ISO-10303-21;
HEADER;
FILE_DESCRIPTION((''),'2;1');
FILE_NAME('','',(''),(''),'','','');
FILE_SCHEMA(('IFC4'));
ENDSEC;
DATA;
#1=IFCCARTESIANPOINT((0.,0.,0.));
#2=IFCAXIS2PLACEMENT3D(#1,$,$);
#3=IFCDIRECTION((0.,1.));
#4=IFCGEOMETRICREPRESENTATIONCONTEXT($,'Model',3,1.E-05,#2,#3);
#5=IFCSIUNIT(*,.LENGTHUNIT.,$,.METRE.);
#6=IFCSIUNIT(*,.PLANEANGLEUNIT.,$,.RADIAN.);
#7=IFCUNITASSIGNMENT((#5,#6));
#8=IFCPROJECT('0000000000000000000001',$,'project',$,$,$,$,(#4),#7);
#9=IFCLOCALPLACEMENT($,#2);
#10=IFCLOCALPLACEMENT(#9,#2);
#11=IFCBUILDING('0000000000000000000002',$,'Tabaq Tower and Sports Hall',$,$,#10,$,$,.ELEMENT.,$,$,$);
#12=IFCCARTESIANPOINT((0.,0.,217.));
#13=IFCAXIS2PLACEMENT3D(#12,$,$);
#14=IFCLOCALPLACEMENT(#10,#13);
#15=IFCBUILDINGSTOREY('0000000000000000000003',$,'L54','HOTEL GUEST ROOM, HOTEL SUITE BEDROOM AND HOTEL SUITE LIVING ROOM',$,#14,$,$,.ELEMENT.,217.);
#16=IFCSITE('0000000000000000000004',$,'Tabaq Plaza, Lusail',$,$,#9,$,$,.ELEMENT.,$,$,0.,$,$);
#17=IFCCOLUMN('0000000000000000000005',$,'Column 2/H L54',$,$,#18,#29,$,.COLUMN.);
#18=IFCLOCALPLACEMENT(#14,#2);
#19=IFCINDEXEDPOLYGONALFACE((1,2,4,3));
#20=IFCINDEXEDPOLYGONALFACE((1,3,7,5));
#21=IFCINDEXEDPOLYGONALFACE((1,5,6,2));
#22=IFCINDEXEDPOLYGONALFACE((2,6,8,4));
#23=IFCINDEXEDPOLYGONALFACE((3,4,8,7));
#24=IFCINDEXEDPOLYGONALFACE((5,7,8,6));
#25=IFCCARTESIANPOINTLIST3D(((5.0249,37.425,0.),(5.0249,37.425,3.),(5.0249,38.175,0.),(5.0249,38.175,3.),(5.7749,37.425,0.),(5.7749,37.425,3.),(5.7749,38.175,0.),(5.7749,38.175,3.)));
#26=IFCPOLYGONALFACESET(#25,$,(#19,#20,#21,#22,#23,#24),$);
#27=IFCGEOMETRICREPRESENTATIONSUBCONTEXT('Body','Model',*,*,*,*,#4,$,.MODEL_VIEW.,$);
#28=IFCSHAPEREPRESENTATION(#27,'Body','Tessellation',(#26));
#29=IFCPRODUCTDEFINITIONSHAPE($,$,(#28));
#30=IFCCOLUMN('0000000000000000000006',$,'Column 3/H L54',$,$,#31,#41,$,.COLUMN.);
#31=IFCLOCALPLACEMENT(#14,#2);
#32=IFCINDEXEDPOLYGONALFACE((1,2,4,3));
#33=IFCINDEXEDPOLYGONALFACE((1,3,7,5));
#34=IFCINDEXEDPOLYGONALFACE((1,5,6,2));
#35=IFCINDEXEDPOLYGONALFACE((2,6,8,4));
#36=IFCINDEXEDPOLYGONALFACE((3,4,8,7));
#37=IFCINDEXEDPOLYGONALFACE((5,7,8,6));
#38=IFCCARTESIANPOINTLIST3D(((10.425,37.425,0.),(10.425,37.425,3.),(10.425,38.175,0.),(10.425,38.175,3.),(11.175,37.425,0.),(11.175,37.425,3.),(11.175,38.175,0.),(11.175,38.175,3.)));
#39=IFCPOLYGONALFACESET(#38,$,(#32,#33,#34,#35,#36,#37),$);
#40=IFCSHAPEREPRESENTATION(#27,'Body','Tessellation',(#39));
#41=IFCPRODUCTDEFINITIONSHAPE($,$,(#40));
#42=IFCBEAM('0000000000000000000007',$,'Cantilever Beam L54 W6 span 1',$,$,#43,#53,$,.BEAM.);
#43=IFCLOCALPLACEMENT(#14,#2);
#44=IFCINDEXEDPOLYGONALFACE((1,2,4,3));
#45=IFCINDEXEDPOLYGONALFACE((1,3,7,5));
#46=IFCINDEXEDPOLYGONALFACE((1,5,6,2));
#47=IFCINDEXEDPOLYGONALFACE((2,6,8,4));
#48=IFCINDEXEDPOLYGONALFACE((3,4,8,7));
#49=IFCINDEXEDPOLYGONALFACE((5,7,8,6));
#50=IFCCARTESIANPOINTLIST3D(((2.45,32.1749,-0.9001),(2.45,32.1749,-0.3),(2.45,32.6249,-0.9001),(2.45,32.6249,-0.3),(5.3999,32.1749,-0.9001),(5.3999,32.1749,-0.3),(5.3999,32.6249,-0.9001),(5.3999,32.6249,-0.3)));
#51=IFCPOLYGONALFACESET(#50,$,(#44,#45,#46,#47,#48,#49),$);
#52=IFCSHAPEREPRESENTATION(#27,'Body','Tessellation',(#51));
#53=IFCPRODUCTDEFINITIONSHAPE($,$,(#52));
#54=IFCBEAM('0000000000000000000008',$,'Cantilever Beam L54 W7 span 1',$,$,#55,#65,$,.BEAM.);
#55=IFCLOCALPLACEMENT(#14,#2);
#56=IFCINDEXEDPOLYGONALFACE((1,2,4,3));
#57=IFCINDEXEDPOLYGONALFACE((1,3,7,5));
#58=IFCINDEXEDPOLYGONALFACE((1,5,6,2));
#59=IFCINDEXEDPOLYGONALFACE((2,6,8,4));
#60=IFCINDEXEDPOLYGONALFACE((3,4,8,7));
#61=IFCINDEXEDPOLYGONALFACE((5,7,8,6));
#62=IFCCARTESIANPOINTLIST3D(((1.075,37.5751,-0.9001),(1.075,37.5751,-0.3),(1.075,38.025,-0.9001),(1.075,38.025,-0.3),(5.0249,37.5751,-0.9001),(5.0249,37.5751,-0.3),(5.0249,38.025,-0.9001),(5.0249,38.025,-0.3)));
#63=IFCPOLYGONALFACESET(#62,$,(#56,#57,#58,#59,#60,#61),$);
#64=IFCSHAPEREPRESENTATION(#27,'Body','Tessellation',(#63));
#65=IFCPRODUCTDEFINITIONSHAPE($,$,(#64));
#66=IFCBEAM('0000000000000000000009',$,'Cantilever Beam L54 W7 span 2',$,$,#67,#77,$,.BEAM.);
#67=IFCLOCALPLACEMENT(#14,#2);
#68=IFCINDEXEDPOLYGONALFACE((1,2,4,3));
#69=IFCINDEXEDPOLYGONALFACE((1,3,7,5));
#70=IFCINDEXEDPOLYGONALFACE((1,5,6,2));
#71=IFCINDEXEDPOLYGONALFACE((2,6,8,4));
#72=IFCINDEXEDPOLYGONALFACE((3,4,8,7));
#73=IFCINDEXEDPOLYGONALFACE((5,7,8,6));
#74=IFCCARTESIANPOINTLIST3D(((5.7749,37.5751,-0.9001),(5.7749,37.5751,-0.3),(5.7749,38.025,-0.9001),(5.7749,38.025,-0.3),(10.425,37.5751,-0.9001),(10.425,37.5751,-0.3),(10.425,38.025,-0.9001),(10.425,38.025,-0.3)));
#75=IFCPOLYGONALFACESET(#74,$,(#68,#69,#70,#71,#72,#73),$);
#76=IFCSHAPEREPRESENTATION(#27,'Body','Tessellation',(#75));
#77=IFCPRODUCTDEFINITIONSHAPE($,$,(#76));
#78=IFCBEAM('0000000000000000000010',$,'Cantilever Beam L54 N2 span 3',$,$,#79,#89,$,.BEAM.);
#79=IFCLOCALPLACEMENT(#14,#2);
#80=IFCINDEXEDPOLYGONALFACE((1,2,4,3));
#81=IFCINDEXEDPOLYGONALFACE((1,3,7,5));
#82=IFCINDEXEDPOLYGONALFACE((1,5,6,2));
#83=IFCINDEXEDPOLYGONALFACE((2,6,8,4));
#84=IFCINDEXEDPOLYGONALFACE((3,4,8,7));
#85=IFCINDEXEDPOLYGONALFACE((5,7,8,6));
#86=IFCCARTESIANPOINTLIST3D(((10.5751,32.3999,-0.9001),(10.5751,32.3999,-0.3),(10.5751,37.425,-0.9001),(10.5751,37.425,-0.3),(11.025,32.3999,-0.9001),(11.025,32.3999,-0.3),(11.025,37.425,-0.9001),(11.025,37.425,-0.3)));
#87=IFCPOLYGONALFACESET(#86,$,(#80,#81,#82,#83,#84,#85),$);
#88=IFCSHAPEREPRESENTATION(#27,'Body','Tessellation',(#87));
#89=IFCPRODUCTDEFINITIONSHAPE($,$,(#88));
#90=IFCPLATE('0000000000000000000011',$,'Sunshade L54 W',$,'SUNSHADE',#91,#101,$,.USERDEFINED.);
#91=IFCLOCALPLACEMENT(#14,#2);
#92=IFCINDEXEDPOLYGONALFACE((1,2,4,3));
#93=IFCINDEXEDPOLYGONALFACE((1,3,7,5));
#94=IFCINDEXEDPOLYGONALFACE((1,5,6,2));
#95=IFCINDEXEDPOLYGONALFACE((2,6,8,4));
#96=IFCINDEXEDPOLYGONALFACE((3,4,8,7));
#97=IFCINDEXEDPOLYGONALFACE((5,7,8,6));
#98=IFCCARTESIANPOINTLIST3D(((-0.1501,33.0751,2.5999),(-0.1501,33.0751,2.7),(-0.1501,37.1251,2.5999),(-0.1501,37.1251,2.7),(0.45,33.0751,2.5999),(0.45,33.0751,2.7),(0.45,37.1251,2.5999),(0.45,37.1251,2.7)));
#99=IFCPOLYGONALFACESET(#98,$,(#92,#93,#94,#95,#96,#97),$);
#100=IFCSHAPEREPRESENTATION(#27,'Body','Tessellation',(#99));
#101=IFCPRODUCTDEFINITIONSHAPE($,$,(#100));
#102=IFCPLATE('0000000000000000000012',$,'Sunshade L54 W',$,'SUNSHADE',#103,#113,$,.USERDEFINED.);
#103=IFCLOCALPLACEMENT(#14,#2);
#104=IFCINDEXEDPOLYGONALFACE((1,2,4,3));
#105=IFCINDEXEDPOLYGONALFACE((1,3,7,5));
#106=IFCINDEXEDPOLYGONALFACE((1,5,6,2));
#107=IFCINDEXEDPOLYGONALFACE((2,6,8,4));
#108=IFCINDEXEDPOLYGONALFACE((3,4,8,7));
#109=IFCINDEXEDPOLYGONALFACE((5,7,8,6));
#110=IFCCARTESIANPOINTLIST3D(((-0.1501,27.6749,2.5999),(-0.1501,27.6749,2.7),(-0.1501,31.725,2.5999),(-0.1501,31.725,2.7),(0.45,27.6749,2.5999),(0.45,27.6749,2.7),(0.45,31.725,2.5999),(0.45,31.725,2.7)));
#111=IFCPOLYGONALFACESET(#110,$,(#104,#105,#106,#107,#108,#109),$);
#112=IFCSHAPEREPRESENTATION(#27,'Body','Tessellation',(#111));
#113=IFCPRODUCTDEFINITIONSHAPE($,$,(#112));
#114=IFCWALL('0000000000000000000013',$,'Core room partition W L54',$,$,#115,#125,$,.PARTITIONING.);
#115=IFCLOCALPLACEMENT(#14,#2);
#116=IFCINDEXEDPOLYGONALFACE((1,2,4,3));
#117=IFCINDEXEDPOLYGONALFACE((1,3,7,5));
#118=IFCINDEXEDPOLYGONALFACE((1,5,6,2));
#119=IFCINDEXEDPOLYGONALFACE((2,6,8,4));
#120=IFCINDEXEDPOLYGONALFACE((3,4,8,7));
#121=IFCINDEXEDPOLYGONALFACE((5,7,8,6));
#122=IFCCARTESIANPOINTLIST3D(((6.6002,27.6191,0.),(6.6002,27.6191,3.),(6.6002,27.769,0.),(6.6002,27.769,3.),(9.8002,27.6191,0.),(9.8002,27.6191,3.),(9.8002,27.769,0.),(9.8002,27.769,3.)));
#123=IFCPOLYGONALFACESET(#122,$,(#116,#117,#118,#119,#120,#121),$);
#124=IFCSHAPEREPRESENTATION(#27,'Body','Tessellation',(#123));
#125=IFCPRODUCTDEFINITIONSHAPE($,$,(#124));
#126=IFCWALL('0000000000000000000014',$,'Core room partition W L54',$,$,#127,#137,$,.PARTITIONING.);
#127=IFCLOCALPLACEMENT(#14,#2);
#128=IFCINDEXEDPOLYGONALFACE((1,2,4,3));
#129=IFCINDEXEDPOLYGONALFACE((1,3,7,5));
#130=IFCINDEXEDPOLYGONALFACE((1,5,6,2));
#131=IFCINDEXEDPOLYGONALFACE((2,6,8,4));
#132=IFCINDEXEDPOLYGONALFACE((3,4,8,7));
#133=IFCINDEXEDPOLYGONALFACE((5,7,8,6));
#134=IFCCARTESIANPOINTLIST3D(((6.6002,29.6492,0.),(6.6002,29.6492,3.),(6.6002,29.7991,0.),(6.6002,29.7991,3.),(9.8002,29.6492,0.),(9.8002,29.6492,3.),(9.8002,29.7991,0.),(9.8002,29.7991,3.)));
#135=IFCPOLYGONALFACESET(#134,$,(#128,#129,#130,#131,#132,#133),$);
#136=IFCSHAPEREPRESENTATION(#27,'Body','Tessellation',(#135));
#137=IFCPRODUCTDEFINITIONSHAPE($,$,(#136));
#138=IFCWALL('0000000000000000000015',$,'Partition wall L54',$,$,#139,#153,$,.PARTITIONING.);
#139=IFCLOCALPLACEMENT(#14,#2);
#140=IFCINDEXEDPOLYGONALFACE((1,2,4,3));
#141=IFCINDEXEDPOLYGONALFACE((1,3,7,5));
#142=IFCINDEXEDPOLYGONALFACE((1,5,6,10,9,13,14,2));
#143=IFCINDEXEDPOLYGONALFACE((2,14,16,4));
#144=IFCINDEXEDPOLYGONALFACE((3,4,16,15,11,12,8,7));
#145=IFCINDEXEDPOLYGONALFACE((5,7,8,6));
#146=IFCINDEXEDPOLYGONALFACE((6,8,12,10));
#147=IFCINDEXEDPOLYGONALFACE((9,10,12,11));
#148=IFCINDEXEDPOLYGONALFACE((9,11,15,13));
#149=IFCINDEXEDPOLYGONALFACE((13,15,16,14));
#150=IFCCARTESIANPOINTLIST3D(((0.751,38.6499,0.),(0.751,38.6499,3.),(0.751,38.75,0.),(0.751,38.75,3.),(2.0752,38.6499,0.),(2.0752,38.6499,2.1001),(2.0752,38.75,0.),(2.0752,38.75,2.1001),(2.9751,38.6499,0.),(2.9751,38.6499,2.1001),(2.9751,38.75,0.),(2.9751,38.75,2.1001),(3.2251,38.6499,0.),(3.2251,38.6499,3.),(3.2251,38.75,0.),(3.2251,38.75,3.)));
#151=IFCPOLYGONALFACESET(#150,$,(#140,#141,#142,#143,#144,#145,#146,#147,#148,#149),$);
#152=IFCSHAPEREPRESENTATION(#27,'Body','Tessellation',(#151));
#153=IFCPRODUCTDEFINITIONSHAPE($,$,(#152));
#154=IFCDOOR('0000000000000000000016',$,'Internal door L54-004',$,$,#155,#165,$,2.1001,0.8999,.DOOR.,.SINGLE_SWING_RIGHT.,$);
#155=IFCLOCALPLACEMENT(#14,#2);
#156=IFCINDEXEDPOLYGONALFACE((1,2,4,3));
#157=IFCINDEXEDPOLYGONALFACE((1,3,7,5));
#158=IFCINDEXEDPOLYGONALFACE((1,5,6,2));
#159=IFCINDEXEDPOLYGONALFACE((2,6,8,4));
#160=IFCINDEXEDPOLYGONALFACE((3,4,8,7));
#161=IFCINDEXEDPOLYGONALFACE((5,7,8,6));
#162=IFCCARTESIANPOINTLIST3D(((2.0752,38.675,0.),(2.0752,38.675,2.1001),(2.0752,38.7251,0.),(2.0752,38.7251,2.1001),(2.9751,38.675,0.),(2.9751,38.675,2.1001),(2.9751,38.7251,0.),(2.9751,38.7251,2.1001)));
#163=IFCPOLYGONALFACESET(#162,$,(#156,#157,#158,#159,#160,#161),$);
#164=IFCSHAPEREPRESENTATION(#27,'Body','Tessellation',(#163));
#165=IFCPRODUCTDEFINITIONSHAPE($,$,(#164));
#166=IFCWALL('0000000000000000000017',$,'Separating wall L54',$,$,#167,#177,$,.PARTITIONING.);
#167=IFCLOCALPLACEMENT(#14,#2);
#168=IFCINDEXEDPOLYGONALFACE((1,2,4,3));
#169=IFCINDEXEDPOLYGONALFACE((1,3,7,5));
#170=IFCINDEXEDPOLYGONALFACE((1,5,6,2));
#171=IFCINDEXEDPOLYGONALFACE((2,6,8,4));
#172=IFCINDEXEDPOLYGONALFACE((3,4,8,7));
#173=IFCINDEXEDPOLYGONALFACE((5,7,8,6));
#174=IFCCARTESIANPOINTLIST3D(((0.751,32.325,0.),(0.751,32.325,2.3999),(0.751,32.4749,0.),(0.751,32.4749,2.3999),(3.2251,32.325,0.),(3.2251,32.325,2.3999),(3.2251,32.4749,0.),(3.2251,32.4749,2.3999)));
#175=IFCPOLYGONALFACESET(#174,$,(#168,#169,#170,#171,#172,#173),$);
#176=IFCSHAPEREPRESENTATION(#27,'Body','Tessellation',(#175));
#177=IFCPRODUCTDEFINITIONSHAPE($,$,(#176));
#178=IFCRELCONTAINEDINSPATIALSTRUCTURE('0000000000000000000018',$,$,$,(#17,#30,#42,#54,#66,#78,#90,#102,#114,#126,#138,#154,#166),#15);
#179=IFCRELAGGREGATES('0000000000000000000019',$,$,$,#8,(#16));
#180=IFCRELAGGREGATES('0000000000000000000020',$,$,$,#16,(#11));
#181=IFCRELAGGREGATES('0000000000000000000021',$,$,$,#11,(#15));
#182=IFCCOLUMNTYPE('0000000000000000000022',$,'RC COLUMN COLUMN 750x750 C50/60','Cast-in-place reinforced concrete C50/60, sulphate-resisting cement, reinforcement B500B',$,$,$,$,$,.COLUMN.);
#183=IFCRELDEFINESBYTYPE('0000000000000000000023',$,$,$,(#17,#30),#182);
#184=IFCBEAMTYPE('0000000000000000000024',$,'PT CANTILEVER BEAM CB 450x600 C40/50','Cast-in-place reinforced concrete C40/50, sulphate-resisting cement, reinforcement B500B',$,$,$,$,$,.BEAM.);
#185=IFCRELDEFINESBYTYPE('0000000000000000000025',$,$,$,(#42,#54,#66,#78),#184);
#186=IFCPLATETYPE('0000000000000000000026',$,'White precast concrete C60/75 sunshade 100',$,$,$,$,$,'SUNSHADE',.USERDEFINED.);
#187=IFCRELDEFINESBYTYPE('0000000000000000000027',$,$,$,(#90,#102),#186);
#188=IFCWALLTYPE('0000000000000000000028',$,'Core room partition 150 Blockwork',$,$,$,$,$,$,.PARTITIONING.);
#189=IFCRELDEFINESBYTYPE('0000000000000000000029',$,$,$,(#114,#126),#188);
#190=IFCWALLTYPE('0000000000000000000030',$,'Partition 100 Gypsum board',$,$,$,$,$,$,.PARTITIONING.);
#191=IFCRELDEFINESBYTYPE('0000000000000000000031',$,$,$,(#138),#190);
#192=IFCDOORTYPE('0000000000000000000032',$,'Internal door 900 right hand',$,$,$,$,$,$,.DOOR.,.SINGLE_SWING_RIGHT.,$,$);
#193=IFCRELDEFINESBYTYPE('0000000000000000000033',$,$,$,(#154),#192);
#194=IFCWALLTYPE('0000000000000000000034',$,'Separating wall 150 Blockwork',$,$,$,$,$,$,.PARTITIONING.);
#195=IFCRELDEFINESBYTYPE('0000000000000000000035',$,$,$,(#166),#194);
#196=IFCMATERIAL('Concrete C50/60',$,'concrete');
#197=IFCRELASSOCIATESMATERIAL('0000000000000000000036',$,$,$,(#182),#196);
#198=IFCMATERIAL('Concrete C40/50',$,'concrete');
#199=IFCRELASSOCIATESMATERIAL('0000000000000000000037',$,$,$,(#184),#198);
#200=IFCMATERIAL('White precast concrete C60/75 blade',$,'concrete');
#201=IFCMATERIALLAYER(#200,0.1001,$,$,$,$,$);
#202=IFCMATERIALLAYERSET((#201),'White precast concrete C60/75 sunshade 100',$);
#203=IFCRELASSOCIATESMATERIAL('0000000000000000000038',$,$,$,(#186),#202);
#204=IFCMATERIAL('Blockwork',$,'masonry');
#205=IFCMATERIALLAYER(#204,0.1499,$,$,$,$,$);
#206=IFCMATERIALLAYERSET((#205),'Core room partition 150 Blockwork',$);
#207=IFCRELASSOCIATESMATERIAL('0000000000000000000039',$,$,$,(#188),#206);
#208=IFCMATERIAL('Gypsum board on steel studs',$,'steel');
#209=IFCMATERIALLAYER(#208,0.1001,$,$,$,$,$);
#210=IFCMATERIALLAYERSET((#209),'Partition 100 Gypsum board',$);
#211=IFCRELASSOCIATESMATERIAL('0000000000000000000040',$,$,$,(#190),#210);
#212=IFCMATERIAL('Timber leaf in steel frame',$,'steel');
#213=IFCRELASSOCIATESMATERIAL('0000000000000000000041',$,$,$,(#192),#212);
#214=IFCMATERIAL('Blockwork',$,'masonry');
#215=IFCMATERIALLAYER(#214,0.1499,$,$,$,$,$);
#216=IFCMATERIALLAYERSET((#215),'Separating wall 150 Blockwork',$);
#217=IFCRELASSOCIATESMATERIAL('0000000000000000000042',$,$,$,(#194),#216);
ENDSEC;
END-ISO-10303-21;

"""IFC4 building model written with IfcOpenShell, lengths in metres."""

from ifc_helpers import new_model, si_unit, direction, frame, frame_2d, origin, origin_2d, place, context, subcontext, project, spatial, rectangle, extrude, material, layer, layer_set, material_profile, profile_set, type_object, element, fill, save


model = new_model("IFC4")

# Units and contexts
model_context = context("Model", 3, precision=1e-05, world=origin(), true_north=direction((0.0, 1.0)))
body_context = subcontext(model_context, "Body", "Model", "MODEL_VIEW")
ifc_project = project(units=[si_unit("LENGTHUNIT", "METRE"), si_unit("PLANEANGLEUNIT", "RADIAN")], contexts=[model_context])

# Site, building, storey
site_placement = place(None, origin())
site = spatial("IfcSite", under=ifc_project, at=site_placement, Name="Tabaq Plaza, Lusail", CompositionType="ELEMENT", RefElevation=0.0)
building_placement = place(site_placement, origin())
building = spatial("IfcBuilding", under=site, at=building_placement, Name="Tabaq Tower and Sports Hall", CompositionType="ELEMENT")
storey_placement = place(building_placement, frame((0.0, 0.0, 217.0)))
storey = spatial("IfcBuildingStorey", under=building, at=storey_placement, Name="L54", Description="HOTEL GUEST ROOM, HOTEL SUITE BEDROOM AND HOTEL SUITE LIVING ROOM", CompositionType="ELEMENT", Elevation=217.0)

# Columns
ifc_material_1 = material(Name="Concrete C50/60", Category="concrete")
ifc_material_profile_1 = material_profile(ifc_material_1, rectangle(XDim=0.75, YDim=0.75, at=origin_2d()), Name="COLUMN 750x750")
ifc_profile_set_1 = profile_set([ifc_material_profile_1], Name="Concrete C50/60")
column_type = type_object("IfcColumnType", Name="RC COLUMN COLUMN 750x750 C50/60", Description="Cast-in-place reinforced concrete C50/60, sulphate-resisting cement, reinforcement B500B", PredefinedType="COLUMN", material=ifc_profile_set_1)
for number, where, z_axis, x_axis, name in (
    (1, (5.3999, 37.8, 0.0), (0.0, 0.0, 1.0), (1.0, 0.0, 0.0), "Column 2/H L54"),
    (2, (10.8, 37.8, 0.0), (0.0, 0.0, 1.0), (1.0, 0.0, 0.0), "Column 3/H L54"),
):
    element("IfcColumn", number, at=place(storey_placement, frame(where, z_axis=z_axis, x_axis=x_axis)), inside=storey, type_object=column_type, Name=name, PredefinedType="COLUMN", context=body_context, shape_type="SweptSolid", body=[
        extrude(rectangle(XDim=0.75, YDim=0.75, at=origin_2d()), origin(), (0.0, 0.0, 1.0), 3.0),
    ])

# Beams
ifc_material_2 = material(Name="Concrete C40/50", Category="concrete")
ifc_material_profile_2 = material_profile(ifc_material_2, rectangle(XDim=0.45, YDim=0.6001, at=origin_2d()), Name="CB 450x600")
ifc_profile_set_2 = profile_set([ifc_material_profile_2], Name="Concrete C40/50")
beam_type = type_object("IfcBeamType", Name="PT CANTILEVER BEAM CB 450x600 C40/50", Description="Cast-in-place reinforced concrete C40/50, sulphate-resisting cement, reinforcement B500B", PredefinedType="BEAM", material=ifc_profile_set_2)
beam_1_placement = place(storey_placement, frame((2.45, 32.3999, -0.6001), z_axis=(1.0, 0.0, 0.0), x_axis=(0.0, 1.0, 0.0)))
element("IfcBeam", 3, at=beam_1_placement, inside=storey, type_object=beam_type, Name="Cantilever Beam L54 W6 span 1", PredefinedType="BEAM", context=body_context, shape_type="SweptSolid", body=[
    extrude(rectangle(XDim=0.45, YDim=0.6001, at=origin_2d()), origin(), (0.0, 0.0, 1.0), 2.95),
])
beam_2_placement = place(storey_placement, frame((1.075, 37.8, -0.6001), z_axis=(1.0, 0.0, 0.0), x_axis=(0.0, 1.0, 0.0)))
element("IfcBeam", 4, at=beam_2_placement, inside=storey, type_object=beam_type, Name="Cantilever Beam L54 W7 span 1", PredefinedType="BEAM", context=body_context, shape_type="SweptSolid", body=[
    extrude(rectangle(XDim=0.45, YDim=0.6001, at=origin_2d()), origin(), (0.0, 0.0, 1.0), 3.95),
])
beam_3_placement = place(storey_placement, frame((5.7749, 37.8, -0.6001), z_axis=(1.0, 0.0, 0.0), x_axis=(0.0, 1.0, 0.0)))
element("IfcBeam", 5, at=beam_3_placement, inside=storey, type_object=beam_type, Name="Cantilever Beam L54 W7 span 2", PredefinedType="BEAM", context=body_context, shape_type="SweptSolid", body=[
    extrude(rectangle(XDim=0.45, YDim=0.6001, at=origin_2d()), origin(), (0.0, 0.0, 1.0), 4.6501),
])
beam_4_placement = place(storey_placement, frame((10.8, 37.425, -0.6001), z_axis=(0.0, -1.0, 0.0), x_axis=(1.0, 0.0, 0.0)))
element("IfcBeam", 6, at=beam_4_placement, inside=storey, type_object=beam_type, Name="Cantilever Beam L54 N2 span 3", PredefinedType="BEAM", context=body_context, shape_type="SweptSolid", body=[
    extrude(rectangle(XDim=0.45, YDim=0.6001, at=origin_2d()), origin(), (0.0, 0.0, 1.0), 5.0251),
])

# Plates
ifc_material_3 = material(Name="White precast concrete C60/75 blade", Category="concrete")
ifc_layer_1 = layer(ifc_material_3, 0.1001)
ifc_layer_set_1 = layer_set([ifc_layer_1], Name="White precast concrete C60/75 sunshade 100")
plate_type = type_object("IfcPlateType", Name="White precast concrete C60/75 sunshade 100", ElementType="SUNSHADE", PredefinedType="USERDEFINED", material=ifc_layer_set_1)
for number, where, z_axis, x_axis, name in (
    (7, (0.1499, 35.1001, 2.5999), (0.0, 0.0, 1.0), (0.0, -1.0, 0.0), "Sunshade L54 W"),
    (8, (0.1499, 29.7, 2.5999), (0.0, 0.0, 1.0), (0.0, -1.0, 0.0), "Sunshade L54 W"),
):
    element("IfcPlate", number, at=place(storey_placement, frame(where, z_axis=z_axis, x_axis=x_axis)), inside=storey, type_object=plate_type, Name=name, ObjectType="SUNSHADE", PredefinedType="USERDEFINED", context=body_context, shape_type="SweptSolid", body=[
        extrude(rectangle(XDim=4.05, YDim=0.6001, at=origin_2d()), origin(), (0.0, 0.0, 1.0), 0.1001),
    ])

# Walls
ifc_material_4 = material(Name="Blockwork", Category="masonry")
ifc_layer_2 = layer(ifc_material_4, 0.1499)
ifc_layer_set_2 = layer_set([ifc_layer_2], Name="Core room partition 150 Blockwork")
wall_type_1 = type_object("IfcWallType", Name="Core room partition 150 Blockwork", PredefinedType="PARTITIONING", material=ifc_layer_set_2)
for number, where, z_axis, x_axis, name in (
    (9, (6.6001, 27.6941, 0.0), (0.0, 0.0, 1.0), (1.0, 0.0, 0.0), "Core room partition W L54"),
    (10, (6.6001, 29.7241, 0.0), (0.0, 0.0, 1.0), (1.0, 0.0, 0.0), "Core room partition W L54"),
):
    element("IfcWall", number, at=place(storey_placement, frame(where, z_axis=z_axis, x_axis=x_axis)), inside=storey, type_object=wall_type_1, Name=name, PredefinedType="PARTITIONING", context=body_context, shape_type="SweptSolid", body=[
        extrude(rectangle(XDim=3.2, YDim=0.1499, at=frame_2d((1.6001, 0.0))), origin(), (0.0, 0.0, 1.0), 3.0),
    ])

# Wall, opening, door
ifc_material_5 = material(Name="Gypsum board on steel studs", Category="steel")
ifc_layer_3 = layer(ifc_material_5, 0.1001)
ifc_layer_set_3 = layer_set([ifc_layer_3], Name="Partition 100 Gypsum board")
wall_type_2 = type_object("IfcWallType", Name="Partition 100 Gypsum board", PredefinedType="PARTITIONING", material=ifc_layer_set_3)
wall_1_placement = place(storey_placement, frame((3.2251, 38.7, 0.0), z_axis=(0.0, 0.0, 1.0), x_axis=(-1.0, 0.0, 0.0)))
wall_1 = element("IfcWall", 11, at=wall_1_placement, inside=storey, type_object=wall_type_2, Name="Partition wall L54", PredefinedType="PARTITIONING", context=body_context, shape_type="SweptSolid", body=[
    extrude(rectangle(XDim=2.4741, YDim=0.1001, at=frame_2d((1.2371, 0.0))), origin(), (0.0, 0.0, 1.0), 3.0),
])
opening_1_placement = place(wall_1_placement, frame((0.25, 0.0, 0.0)))
opening_1 = element("IfcOpeningElement", 12, at=opening_1_placement, cuts=wall_1, PredefinedType="OPENING", context=body_context, shape_type="SweptSolid", body=[
    extrude(rectangle(XDim=0.8999, YDim=2.1001, at=frame_2d((0.45, 1.05))), frame((0.0, 0.05, 0.0), z_axis=(0.0, -1.0, 0.0), x_axis=(1.0, 0.0, 0.0)), (0.0, 0.0, 1.0), 0.1001),
])
ifc_material_6 = material(Name="Timber leaf in steel frame", Category="steel")
door_type_1 = type_object("IfcDoorType", Name="Internal door 900 right hand", OperationType="SINGLE_SWING_RIGHT", PredefinedType="DOOR", material=ifc_material_6)
door_1_placement = place(opening_1_placement, origin())
door_1 = element("IfcDoor", 13, at=door_1_placement, inside=storey, type_object=door_type_1, Name="Internal door L54-004", OperationType="SINGLE_SWING_RIGHT", OverallHeight=2.1001, OverallWidth=0.8999, PredefinedType="DOOR", context=body_context, shape_type="SweptSolid", body=[
    extrude(rectangle(XDim=0.8999, YDim=2.1001, at=frame_2d((0.45, 1.05))), frame((0.0, 0.0249, 0.0), z_axis=(0.0, -1.0, 0.0), x_axis=(1.0, 0.0, 0.0)), (0.0, 0.0, 1.0), 0.05),
])
fill(opening_1, door_1)

# Wall
ifc_material_7 = material(Name="Blockwork", Category="masonry")
ifc_layer_4 = layer(ifc_material_7, 0.1499)
ifc_layer_set_4 = layer_set([ifc_layer_4], Name="Separating wall 150 Blockwork")
wall_type_3 = type_object("IfcWallType", Name="Separating wall 150 Blockwork", PredefinedType="PARTITIONING", material=ifc_layer_set_4)
wall_2_placement = place(storey_placement, frame((0.751, 32.3999, 0.0), z_axis=(0.0, 0.0, 1.0), x_axis=(1.0, 0.0, 0.0)))
element("IfcWall", 14, at=wall_2_placement, inside=storey, type_object=wall_type_3, Name="Separating wall L54", PredefinedType="PARTITIONING", context=body_context, shape_type="SweptSolid", body=[
    extrude(rectangle(XDim=2.4741, YDim=0.1499, at=frame_2d((1.2371, 0.0))), origin(), (0.0, 0.0, 1.0), 2.3999),
])

save(model, "model.ifc")
